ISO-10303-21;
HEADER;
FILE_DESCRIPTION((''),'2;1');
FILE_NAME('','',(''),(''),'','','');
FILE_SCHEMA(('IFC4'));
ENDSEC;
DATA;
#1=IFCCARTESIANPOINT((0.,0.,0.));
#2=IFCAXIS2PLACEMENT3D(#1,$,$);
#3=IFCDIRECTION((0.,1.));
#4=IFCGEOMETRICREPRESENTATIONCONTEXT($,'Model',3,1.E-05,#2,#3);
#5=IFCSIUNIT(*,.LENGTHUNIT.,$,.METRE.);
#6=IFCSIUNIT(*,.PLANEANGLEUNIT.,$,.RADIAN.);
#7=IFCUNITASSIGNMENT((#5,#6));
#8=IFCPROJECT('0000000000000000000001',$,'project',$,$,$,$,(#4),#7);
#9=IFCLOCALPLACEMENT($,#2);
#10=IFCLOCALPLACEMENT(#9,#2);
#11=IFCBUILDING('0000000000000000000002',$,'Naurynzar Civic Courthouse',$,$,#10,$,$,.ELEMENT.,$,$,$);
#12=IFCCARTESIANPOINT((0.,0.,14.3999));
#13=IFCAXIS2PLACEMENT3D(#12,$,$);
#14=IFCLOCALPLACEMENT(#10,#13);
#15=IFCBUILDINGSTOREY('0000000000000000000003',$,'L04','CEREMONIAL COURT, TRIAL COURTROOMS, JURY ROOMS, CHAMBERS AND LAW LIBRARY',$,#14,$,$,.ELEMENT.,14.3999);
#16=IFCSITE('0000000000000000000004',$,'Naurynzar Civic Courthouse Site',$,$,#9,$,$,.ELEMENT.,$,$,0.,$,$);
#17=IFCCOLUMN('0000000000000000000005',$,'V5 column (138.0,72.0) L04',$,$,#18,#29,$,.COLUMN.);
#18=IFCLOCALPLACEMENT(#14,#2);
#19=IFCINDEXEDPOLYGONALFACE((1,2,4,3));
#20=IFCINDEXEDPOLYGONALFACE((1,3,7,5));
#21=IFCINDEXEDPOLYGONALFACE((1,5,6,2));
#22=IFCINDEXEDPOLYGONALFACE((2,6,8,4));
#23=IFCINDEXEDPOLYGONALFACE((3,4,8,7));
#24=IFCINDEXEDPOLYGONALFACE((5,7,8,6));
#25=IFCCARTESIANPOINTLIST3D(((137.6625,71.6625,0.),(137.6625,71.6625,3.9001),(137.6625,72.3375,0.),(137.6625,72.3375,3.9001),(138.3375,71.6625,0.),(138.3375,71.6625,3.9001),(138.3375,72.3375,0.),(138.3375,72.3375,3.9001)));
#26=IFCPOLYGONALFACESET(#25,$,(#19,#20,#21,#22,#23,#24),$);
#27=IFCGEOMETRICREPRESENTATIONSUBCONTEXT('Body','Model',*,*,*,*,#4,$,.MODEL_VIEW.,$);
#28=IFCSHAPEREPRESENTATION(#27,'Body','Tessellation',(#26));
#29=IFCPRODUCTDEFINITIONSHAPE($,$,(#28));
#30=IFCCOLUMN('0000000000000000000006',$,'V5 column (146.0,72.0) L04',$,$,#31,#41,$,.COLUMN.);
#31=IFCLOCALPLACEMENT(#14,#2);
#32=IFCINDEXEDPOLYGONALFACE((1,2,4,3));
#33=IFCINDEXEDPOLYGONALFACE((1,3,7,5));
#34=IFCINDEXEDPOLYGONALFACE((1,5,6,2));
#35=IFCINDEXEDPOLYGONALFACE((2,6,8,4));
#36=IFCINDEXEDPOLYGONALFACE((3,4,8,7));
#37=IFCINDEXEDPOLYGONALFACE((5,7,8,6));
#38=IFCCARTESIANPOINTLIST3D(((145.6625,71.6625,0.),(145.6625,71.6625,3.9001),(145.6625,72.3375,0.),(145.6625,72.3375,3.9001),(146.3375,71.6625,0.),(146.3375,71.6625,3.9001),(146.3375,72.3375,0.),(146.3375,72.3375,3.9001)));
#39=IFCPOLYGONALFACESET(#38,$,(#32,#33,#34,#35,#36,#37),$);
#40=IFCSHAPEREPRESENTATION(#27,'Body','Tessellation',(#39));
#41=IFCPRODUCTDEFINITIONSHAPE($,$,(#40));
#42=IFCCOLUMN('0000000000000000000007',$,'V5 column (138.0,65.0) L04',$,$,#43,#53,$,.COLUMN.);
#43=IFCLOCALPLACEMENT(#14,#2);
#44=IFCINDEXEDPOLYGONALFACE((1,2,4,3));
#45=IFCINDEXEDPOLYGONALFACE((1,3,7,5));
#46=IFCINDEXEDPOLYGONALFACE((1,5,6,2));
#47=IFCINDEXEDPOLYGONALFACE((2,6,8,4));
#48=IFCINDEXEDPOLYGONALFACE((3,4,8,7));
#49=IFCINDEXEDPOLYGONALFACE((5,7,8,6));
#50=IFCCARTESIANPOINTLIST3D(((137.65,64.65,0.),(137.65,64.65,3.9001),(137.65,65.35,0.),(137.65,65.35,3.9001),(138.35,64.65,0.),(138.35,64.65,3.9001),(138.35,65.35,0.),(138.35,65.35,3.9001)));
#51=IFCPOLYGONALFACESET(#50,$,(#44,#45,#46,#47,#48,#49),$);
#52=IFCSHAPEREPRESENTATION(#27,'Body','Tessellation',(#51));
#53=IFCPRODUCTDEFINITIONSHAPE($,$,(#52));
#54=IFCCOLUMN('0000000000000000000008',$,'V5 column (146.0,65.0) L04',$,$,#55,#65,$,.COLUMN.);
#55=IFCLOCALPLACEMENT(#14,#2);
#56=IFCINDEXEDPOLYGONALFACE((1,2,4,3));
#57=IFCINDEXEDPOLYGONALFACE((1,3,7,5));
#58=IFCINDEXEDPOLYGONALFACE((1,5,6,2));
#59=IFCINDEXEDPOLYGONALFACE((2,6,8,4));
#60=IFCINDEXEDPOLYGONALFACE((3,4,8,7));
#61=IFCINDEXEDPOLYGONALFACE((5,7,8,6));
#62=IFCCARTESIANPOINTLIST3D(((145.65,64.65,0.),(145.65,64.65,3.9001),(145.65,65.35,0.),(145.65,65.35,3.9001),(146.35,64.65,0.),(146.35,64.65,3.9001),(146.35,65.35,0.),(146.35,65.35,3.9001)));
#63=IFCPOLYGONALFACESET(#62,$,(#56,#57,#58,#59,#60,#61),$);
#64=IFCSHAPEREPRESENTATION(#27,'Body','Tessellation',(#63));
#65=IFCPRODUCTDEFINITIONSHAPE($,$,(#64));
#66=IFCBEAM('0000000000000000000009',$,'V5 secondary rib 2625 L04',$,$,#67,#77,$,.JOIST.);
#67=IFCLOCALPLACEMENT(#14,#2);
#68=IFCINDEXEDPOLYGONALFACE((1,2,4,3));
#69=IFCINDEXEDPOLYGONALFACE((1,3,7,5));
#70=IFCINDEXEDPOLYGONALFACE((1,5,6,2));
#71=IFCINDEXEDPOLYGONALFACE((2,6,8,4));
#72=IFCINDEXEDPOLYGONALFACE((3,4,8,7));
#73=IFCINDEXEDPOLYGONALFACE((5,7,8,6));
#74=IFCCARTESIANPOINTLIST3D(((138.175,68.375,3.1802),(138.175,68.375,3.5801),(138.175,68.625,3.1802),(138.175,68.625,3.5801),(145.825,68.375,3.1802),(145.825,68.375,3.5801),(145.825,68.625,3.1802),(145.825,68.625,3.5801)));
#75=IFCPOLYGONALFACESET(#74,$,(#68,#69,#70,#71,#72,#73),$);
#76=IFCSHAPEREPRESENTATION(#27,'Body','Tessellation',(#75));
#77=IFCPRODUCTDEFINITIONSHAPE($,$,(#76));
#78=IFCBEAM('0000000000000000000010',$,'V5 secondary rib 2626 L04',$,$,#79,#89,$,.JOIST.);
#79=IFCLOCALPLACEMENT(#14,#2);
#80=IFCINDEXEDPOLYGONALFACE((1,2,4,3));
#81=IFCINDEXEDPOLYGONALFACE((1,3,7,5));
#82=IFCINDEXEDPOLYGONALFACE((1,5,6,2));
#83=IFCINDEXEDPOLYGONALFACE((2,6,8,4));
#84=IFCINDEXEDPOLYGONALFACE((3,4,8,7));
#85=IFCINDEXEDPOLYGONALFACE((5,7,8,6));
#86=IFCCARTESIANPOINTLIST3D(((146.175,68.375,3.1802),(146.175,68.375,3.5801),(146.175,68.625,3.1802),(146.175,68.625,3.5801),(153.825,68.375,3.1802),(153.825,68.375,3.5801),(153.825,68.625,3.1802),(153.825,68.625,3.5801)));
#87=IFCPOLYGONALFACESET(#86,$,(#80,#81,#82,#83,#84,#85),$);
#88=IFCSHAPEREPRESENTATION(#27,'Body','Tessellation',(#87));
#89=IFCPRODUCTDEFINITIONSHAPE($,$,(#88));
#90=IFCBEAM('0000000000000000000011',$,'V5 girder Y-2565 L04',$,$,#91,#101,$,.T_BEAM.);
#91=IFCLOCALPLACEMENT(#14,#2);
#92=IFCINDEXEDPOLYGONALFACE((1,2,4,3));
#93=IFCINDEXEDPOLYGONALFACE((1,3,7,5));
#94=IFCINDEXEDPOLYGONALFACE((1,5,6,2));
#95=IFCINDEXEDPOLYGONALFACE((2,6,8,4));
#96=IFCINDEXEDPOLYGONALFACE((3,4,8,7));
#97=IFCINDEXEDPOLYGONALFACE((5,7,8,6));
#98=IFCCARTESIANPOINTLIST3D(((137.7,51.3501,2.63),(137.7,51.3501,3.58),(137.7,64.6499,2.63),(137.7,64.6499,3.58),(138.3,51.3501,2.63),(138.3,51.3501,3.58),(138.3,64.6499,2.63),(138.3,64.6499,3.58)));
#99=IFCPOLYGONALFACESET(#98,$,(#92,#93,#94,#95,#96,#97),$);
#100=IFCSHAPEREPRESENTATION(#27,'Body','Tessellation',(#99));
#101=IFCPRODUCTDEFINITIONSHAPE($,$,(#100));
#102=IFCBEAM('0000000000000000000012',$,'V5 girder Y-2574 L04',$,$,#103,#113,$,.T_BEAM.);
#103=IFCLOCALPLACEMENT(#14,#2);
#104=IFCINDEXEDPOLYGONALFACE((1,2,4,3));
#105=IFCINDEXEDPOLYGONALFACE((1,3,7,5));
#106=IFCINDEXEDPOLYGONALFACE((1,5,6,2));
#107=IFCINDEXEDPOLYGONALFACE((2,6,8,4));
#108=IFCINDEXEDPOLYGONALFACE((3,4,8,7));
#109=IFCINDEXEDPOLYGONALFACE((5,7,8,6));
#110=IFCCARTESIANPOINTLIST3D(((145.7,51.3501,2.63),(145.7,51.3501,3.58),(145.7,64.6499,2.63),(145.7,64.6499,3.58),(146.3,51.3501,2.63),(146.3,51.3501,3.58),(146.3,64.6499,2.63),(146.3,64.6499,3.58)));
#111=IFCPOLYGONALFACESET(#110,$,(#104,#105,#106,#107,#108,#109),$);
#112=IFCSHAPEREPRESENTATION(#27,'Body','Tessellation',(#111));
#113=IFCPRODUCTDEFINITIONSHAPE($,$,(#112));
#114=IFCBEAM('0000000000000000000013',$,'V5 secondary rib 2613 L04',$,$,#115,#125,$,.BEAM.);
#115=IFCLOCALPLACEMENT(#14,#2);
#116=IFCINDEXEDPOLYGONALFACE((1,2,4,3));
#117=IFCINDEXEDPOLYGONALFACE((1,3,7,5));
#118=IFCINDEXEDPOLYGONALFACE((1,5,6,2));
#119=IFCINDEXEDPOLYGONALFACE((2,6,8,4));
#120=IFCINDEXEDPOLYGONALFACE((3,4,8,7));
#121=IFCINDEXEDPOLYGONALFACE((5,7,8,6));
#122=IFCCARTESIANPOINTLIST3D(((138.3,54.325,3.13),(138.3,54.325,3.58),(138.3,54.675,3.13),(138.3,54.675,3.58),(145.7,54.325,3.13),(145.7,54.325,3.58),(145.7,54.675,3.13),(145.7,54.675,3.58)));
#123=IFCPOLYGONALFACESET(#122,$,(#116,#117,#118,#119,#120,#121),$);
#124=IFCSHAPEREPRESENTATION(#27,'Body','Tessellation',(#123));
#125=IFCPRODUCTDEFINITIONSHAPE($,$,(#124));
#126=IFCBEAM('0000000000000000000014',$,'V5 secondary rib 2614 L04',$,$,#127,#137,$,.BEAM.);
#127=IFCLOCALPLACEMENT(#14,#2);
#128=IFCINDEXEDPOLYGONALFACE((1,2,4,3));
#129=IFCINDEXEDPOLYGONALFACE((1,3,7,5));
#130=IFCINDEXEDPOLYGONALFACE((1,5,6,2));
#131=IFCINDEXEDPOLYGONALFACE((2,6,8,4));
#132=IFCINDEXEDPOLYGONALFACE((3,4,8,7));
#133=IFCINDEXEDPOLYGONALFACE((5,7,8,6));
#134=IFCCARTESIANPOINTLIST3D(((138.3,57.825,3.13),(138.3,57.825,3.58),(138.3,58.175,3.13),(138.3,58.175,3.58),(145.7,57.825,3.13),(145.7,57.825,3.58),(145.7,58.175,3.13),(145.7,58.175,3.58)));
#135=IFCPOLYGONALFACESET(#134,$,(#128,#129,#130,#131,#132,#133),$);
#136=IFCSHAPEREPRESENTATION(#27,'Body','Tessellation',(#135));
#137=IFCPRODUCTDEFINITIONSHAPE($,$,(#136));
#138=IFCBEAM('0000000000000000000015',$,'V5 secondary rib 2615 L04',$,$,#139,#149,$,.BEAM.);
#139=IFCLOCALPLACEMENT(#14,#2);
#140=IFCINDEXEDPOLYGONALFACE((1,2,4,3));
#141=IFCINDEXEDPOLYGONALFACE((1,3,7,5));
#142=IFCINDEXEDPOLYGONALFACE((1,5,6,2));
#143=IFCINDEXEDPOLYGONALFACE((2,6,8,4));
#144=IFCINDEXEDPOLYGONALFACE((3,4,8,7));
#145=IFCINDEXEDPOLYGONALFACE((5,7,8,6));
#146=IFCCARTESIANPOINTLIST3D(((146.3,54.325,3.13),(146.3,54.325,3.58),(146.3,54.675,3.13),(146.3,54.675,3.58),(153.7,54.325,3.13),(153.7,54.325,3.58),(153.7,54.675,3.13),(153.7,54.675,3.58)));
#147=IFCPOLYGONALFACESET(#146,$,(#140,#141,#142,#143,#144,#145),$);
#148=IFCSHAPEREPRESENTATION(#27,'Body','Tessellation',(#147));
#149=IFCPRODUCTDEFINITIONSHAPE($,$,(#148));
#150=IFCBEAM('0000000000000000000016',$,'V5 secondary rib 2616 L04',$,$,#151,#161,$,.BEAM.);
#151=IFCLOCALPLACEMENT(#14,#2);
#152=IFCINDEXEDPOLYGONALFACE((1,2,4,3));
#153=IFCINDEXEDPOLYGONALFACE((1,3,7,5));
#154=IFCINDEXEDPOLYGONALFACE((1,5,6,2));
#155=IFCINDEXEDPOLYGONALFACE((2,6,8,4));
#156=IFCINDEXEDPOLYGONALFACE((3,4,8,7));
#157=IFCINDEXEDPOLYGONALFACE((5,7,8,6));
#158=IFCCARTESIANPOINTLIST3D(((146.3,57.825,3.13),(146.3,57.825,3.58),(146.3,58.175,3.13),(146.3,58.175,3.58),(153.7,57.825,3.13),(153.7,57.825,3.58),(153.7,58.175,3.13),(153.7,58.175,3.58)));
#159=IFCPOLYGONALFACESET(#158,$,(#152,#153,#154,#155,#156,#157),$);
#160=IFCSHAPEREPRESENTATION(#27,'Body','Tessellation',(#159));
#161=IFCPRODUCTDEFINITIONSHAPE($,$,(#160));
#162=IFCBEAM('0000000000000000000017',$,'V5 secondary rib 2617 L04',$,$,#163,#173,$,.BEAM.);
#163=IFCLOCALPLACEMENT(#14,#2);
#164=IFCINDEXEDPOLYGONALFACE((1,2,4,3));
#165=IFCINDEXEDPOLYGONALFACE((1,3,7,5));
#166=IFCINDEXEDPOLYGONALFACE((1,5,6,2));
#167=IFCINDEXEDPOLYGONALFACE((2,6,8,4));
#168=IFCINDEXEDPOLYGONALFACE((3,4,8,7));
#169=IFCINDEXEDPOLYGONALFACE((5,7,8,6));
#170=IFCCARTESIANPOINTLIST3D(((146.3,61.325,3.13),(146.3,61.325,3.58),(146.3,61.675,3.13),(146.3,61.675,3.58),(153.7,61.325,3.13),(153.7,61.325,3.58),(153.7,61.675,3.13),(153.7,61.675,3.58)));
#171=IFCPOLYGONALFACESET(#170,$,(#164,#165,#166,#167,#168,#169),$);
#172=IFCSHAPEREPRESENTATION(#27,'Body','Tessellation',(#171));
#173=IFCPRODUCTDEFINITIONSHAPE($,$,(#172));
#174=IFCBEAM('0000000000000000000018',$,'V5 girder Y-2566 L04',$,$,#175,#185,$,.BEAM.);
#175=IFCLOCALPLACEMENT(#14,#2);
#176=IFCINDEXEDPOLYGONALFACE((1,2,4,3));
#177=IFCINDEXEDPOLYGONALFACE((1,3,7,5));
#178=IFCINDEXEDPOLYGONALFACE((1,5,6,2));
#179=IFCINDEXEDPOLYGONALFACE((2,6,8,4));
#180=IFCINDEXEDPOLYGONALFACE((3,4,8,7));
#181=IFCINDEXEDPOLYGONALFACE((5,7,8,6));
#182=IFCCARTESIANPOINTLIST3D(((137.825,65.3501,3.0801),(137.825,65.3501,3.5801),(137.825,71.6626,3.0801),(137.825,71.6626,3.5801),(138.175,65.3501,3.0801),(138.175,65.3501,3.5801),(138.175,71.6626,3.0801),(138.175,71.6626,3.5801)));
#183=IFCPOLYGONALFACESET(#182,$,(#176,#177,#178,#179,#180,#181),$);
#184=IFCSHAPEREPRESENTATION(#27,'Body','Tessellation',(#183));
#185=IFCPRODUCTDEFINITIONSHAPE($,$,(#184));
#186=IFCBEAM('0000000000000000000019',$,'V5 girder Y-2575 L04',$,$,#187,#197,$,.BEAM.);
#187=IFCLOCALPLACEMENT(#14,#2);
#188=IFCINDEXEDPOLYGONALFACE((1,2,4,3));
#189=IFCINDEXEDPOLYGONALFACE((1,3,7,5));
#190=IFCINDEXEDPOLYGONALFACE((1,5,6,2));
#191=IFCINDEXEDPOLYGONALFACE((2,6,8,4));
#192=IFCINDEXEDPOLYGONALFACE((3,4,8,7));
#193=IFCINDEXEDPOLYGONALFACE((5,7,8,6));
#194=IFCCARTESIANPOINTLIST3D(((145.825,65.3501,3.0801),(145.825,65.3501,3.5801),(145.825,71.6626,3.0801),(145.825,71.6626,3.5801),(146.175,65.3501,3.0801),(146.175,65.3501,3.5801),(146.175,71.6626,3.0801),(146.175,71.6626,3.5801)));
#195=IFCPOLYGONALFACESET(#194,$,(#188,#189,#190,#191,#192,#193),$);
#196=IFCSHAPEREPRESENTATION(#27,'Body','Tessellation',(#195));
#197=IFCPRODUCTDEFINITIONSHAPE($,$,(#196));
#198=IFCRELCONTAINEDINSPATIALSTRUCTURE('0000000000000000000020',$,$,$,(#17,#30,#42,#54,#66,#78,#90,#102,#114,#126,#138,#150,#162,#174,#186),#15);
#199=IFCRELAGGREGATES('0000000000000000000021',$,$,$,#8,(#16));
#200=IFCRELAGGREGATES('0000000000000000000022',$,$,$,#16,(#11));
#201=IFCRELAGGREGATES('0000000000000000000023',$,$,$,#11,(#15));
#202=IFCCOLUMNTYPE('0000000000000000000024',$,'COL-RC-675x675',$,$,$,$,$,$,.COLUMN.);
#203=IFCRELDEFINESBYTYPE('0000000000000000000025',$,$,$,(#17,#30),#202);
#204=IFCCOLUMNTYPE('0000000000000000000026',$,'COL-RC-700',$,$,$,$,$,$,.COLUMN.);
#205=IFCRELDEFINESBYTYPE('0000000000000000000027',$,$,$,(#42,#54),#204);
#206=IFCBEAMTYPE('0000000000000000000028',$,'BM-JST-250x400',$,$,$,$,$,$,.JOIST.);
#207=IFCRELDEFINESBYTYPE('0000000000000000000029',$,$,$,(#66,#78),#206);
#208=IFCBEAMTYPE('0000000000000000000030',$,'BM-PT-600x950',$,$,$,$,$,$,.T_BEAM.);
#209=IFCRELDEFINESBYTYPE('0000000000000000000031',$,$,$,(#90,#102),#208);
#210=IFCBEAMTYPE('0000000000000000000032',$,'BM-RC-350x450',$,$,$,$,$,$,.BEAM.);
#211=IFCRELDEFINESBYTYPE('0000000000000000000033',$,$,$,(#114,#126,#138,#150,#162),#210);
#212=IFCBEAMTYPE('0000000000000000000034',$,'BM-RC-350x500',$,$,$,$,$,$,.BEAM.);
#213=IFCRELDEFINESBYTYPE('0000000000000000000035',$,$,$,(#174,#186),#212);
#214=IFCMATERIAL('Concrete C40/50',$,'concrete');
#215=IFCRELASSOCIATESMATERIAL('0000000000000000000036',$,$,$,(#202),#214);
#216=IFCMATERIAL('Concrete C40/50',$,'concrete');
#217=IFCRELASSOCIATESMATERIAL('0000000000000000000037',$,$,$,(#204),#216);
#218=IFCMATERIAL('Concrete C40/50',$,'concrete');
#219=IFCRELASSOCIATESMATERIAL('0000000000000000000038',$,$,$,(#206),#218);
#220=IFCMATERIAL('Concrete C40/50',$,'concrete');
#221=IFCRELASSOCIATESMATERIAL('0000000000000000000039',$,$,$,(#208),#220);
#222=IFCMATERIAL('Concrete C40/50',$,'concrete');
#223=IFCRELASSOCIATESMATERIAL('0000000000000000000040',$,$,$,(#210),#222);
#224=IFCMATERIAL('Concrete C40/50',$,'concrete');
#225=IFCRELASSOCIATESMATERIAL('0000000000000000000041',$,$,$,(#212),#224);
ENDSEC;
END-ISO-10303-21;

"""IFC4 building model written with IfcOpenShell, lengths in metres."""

from ifc_helpers import new_model, si_unit, direction, frame, origin, origin_2d, place, context, subcontext, project, spatial, rectangle, extrude, material, material_profile, profile_set, type_object, element, save


model = new_model("IFC4")

# Units and contexts
model_context = context("Model", 3, precision=1e-05, world=origin(), true_north=direction((0.0, 1.0)))
body_context = subcontext(model_context, "Body", "Model", "MODEL_VIEW")
ifc_project = project(units=[si_unit("LENGTHUNIT", "METRE"), si_unit("PLANEANGLEUNIT", "RADIAN")], contexts=[model_context])

# Site, building, storey
site_placement = place(None, origin())
site = spatial("IfcSite", under=ifc_project, at=site_placement, Name="Naurynzar Civic Courthouse Site", CompositionType="ELEMENT", RefElevation=0.0)
building_placement = place(site_placement, origin())
building = spatial("IfcBuilding", under=site, at=building_placement, Name="Naurynzar Civic Courthouse", CompositionType="ELEMENT")
storey_placement = place(building_placement, frame((0.0, 0.0, 14.3999)))
storey = spatial("IfcBuildingStorey", under=building, at=storey_placement, Name="L04", Description="CEREMONIAL COURT, TRIAL COURTROOMS, JURY ROOMS, CHAMBERS AND LAW LIBRARY", CompositionType="ELEMENT", Elevation=14.3999)

# Columns
ifc_material_1 = material(Name="Concrete C40/50", Category="concrete")
ifc_material_profile_1 = material_profile(ifc_material_1, rectangle(XDim=0.675, YDim=0.675, at=origin_2d()), Name="RC 675x675")
ifc_profile_set_1 = profile_set([ifc_material_profile_1], Name="Concrete C40/50")
column_type_1 = type_object("IfcColumnType", Name="COL-RC-675x675", PredefinedType="COLUMN", material=ifc_profile_set_1)
for number, where, z_axis, x_axis, name in (
    (1, (138.0, 72.0, 0.0), (0.0, 0.0, 1.0), (1.0, 0.0, 0.0), "V5 column (138.0,72.0) L04"),
    (2, (146.0, 72.0, 0.0), (0.0, 0.0, 1.0), (1.0, 0.0, 0.0), "V5 column (146.0,72.0) L04"),
):
    element("IfcColumn", number, at=place(storey_placement, frame(where, z_axis=z_axis, x_axis=x_axis)), inside=storey, type_object=column_type_1, Name=name, PredefinedType="COLUMN", context=body_context, shape_type="SweptSolid", body=[
        extrude(rectangle(XDim=0.675, YDim=0.675, at=origin_2d()), origin(), (0.0, 0.0, 1.0), 3.9001),
    ])
ifc_material_2 = material(Name="Concrete C40/50", Category="concrete")
ifc_material_profile_2 = material_profile(ifc_material_2, rectangle(XDim=0.7, YDim=0.7, at=origin_2d()), Name="RC 700x700")
ifc_profile_set_2 = profile_set([ifc_material_profile_2], Name="Concrete C40/50")
column_type_2 = type_object("IfcColumnType", Name="COL-RC-700", PredefinedType="COLUMN", material=ifc_profile_set_2)
for number, where, z_axis, x_axis, name in (
    (3, (138.0, 65.0, 0.0), (0.0, 0.0, 1.0), (1.0, 0.0, 0.0), "V5 column (138.0,65.0) L04"),
    (4, (146.0, 65.0, 0.0), (0.0, 0.0, 1.0), (1.0, 0.0, 0.0), "V5 column (146.0,65.0) L04"),
):
    element("IfcColumn", number, at=place(storey_placement, frame(where, z_axis=z_axis, x_axis=x_axis)), inside=storey, type_object=column_type_2, Name=name, PredefinedType="COLUMN", context=body_context, shape_type="SweptSolid", body=[
        extrude(rectangle(XDim=0.7, YDim=0.7, at=origin_2d()), origin(), (0.0, 0.0, 1.0), 3.9001),
    ])

# Beams
ifc_material_3 = material(Name="Concrete C40/50", Category="concrete")
ifc_material_profile_3 = material_profile(ifc_material_3, rectangle(XDim=0.25, YDim=0.3999, at=origin_2d()), Name="RCB 250x400")
ifc_profile_set_3 = profile_set([ifc_material_profile_3], Name="Concrete C40/50")
beam_type_1 = type_object("IfcBeamType", Name="BM-JST-250x400", PredefinedType="JOIST", material=ifc_profile_set_3)
for number, where, z_axis, x_axis, name in (
    (5, (138.175, 68.5, 3.3801), (1.0, 0.0, 0.0), (0.0, 1.0, 0.0), "V5 secondary rib 2625 L04"),
    (6, (146.175, 68.5, 3.3801), (1.0, 0.0, 0.0), (0.0, 1.0, 0.0), "V5 secondary rib 2626 L04"),
):
    element("IfcBeam", number, at=place(storey_placement, frame(where, z_axis=z_axis, x_axis=x_axis)), inside=storey, type_object=beam_type_1, Name=name, PredefinedType="JOIST", context=body_context, shape_type="SweptSolid", body=[
        extrude(rectangle(XDim=0.25, YDim=0.3999, at=origin_2d()), origin(), (0.0, 0.0, 1.0), 7.6499),
    ])
ifc_material_4 = material(Name="Concrete C40/50", Category="concrete")
ifc_material_profile_4 = material_profile(ifc_material_4, rectangle(XDim=0.6001, YDim=0.95, at=origin_2d()), Name="PTB 600x950")
ifc_profile_set_4 = profile_set([ifc_material_profile_4], Name="Concrete C40/50")
beam_type_2 = type_object("IfcBeamType", Name="BM-PT-600x950", PredefinedType="T_BEAM", material=ifc_profile_set_4)
for number, where, z_axis, x_axis, name in (
    (7, (138.0, 51.3501, 3.105), (0.0, 1.0, 0.0), (-1.0, 0.0, 0.0), "V5 girder Y-2565 L04"),
    (8, (146.0, 51.3501, 3.105), (0.0, 1.0, 0.0), (-1.0, 0.0, 0.0), "V5 girder Y-2574 L04"),
):
    element("IfcBeam", number, at=place(storey_placement, frame(where, z_axis=z_axis, x_axis=x_axis)), inside=storey, type_object=beam_type_2, Name=name, PredefinedType="T_BEAM", context=body_context, shape_type="SweptSolid", body=[
        extrude(rectangle(XDim=0.6001, YDim=0.95, at=origin_2d()), origin(), (0.0, 0.0, 1.0), 13.2998),
    ])
ifc_material_5 = material(Name="Concrete C40/50", Category="concrete")
ifc_material_profile_5 = material_profile(ifc_material_5, rectangle(XDim=0.3501, YDim=0.45, at=origin_2d()), Name="RCB 350x450")
ifc_profile_set_5 = profile_set([ifc_material_profile_5], Name="Concrete C40/50")
beam_type_3 = type_object("IfcBeamType", Name="BM-RC-350x450", PredefinedType="BEAM", material=ifc_profile_set_5)
for number, where, z_axis, x_axis, name in (
    (9, (138.3, 54.5, 3.355), (1.0, 0.0, 0.0), (0.0, 1.0, 0.0), "V5 secondary rib 2613 L04"),
    (10, (138.3, 58.0, 3.355), (1.0, 0.0, 0.0), (0.0, 1.0, 0.0), "V5 secondary rib 2614 L04"),
    (11, (146.3, 54.5, 3.355), (1.0, 0.0, 0.0), (0.0, 1.0, 0.0), "V5 secondary rib 2615 L04"),
    (12, (146.3, 58.0, 3.355), (1.0, 0.0, 0.0), (0.0, 1.0, 0.0), "V5 secondary rib 2616 L04"),
    (13, (146.3, 61.5, 3.355), (1.0, 0.0, 0.0), (0.0, 1.0, 0.0), "V5 secondary rib 2617 L04"),
):
    element("IfcBeam", number, at=place(storey_placement, frame(where, z_axis=z_axis, x_axis=x_axis)), inside=storey, type_object=beam_type_3, Name=name, PredefinedType="BEAM", context=body_context, shape_type="SweptSolid", body=[
        extrude(rectangle(XDim=0.3501, YDim=0.45, at=origin_2d()), origin(), (0.0, 0.0, 1.0), 7.3999),
    ])
ifc_material_6 = material(Name="Concrete C40/50", Category="concrete")
ifc_material_profile_6 = material_profile(ifc_material_6, rectangle(XDim=0.3501, YDim=0.5, at=origin_2d()), Name="RCB 350x500")
ifc_profile_set_6 = profile_set([ifc_material_profile_6], Name="Concrete C40/50")
beam_type_4 = type_object("IfcBeamType", Name="BM-RC-350x500", PredefinedType="BEAM", material=ifc_profile_set_6)
for number, where, z_axis, x_axis, name in (
    (14, (138.0, 65.3501, 3.3301), (0.0, 1.0, 0.0), (-1.0, 0.0, 0.0), "V5 girder Y-2566 L04"),
    (15, (146.0, 65.3501, 3.3301), (0.0, 1.0, 0.0), (-1.0, 0.0, 0.0), "V5 girder Y-2575 L04"),
):
    element("IfcBeam", number, at=place(storey_placement, frame(where, z_axis=z_axis, x_axis=x_axis)), inside=storey, type_object=beam_type_4, Name=name, PredefinedType="BEAM", context=body_context, shape_type="SweptSolid", body=[
        extrude(rectangle(XDim=0.3501, YDim=0.5, at=origin_2d()), origin(), (0.0, 0.0, 1.0), 6.3125),
    ])

save(model, "model.ifc")
